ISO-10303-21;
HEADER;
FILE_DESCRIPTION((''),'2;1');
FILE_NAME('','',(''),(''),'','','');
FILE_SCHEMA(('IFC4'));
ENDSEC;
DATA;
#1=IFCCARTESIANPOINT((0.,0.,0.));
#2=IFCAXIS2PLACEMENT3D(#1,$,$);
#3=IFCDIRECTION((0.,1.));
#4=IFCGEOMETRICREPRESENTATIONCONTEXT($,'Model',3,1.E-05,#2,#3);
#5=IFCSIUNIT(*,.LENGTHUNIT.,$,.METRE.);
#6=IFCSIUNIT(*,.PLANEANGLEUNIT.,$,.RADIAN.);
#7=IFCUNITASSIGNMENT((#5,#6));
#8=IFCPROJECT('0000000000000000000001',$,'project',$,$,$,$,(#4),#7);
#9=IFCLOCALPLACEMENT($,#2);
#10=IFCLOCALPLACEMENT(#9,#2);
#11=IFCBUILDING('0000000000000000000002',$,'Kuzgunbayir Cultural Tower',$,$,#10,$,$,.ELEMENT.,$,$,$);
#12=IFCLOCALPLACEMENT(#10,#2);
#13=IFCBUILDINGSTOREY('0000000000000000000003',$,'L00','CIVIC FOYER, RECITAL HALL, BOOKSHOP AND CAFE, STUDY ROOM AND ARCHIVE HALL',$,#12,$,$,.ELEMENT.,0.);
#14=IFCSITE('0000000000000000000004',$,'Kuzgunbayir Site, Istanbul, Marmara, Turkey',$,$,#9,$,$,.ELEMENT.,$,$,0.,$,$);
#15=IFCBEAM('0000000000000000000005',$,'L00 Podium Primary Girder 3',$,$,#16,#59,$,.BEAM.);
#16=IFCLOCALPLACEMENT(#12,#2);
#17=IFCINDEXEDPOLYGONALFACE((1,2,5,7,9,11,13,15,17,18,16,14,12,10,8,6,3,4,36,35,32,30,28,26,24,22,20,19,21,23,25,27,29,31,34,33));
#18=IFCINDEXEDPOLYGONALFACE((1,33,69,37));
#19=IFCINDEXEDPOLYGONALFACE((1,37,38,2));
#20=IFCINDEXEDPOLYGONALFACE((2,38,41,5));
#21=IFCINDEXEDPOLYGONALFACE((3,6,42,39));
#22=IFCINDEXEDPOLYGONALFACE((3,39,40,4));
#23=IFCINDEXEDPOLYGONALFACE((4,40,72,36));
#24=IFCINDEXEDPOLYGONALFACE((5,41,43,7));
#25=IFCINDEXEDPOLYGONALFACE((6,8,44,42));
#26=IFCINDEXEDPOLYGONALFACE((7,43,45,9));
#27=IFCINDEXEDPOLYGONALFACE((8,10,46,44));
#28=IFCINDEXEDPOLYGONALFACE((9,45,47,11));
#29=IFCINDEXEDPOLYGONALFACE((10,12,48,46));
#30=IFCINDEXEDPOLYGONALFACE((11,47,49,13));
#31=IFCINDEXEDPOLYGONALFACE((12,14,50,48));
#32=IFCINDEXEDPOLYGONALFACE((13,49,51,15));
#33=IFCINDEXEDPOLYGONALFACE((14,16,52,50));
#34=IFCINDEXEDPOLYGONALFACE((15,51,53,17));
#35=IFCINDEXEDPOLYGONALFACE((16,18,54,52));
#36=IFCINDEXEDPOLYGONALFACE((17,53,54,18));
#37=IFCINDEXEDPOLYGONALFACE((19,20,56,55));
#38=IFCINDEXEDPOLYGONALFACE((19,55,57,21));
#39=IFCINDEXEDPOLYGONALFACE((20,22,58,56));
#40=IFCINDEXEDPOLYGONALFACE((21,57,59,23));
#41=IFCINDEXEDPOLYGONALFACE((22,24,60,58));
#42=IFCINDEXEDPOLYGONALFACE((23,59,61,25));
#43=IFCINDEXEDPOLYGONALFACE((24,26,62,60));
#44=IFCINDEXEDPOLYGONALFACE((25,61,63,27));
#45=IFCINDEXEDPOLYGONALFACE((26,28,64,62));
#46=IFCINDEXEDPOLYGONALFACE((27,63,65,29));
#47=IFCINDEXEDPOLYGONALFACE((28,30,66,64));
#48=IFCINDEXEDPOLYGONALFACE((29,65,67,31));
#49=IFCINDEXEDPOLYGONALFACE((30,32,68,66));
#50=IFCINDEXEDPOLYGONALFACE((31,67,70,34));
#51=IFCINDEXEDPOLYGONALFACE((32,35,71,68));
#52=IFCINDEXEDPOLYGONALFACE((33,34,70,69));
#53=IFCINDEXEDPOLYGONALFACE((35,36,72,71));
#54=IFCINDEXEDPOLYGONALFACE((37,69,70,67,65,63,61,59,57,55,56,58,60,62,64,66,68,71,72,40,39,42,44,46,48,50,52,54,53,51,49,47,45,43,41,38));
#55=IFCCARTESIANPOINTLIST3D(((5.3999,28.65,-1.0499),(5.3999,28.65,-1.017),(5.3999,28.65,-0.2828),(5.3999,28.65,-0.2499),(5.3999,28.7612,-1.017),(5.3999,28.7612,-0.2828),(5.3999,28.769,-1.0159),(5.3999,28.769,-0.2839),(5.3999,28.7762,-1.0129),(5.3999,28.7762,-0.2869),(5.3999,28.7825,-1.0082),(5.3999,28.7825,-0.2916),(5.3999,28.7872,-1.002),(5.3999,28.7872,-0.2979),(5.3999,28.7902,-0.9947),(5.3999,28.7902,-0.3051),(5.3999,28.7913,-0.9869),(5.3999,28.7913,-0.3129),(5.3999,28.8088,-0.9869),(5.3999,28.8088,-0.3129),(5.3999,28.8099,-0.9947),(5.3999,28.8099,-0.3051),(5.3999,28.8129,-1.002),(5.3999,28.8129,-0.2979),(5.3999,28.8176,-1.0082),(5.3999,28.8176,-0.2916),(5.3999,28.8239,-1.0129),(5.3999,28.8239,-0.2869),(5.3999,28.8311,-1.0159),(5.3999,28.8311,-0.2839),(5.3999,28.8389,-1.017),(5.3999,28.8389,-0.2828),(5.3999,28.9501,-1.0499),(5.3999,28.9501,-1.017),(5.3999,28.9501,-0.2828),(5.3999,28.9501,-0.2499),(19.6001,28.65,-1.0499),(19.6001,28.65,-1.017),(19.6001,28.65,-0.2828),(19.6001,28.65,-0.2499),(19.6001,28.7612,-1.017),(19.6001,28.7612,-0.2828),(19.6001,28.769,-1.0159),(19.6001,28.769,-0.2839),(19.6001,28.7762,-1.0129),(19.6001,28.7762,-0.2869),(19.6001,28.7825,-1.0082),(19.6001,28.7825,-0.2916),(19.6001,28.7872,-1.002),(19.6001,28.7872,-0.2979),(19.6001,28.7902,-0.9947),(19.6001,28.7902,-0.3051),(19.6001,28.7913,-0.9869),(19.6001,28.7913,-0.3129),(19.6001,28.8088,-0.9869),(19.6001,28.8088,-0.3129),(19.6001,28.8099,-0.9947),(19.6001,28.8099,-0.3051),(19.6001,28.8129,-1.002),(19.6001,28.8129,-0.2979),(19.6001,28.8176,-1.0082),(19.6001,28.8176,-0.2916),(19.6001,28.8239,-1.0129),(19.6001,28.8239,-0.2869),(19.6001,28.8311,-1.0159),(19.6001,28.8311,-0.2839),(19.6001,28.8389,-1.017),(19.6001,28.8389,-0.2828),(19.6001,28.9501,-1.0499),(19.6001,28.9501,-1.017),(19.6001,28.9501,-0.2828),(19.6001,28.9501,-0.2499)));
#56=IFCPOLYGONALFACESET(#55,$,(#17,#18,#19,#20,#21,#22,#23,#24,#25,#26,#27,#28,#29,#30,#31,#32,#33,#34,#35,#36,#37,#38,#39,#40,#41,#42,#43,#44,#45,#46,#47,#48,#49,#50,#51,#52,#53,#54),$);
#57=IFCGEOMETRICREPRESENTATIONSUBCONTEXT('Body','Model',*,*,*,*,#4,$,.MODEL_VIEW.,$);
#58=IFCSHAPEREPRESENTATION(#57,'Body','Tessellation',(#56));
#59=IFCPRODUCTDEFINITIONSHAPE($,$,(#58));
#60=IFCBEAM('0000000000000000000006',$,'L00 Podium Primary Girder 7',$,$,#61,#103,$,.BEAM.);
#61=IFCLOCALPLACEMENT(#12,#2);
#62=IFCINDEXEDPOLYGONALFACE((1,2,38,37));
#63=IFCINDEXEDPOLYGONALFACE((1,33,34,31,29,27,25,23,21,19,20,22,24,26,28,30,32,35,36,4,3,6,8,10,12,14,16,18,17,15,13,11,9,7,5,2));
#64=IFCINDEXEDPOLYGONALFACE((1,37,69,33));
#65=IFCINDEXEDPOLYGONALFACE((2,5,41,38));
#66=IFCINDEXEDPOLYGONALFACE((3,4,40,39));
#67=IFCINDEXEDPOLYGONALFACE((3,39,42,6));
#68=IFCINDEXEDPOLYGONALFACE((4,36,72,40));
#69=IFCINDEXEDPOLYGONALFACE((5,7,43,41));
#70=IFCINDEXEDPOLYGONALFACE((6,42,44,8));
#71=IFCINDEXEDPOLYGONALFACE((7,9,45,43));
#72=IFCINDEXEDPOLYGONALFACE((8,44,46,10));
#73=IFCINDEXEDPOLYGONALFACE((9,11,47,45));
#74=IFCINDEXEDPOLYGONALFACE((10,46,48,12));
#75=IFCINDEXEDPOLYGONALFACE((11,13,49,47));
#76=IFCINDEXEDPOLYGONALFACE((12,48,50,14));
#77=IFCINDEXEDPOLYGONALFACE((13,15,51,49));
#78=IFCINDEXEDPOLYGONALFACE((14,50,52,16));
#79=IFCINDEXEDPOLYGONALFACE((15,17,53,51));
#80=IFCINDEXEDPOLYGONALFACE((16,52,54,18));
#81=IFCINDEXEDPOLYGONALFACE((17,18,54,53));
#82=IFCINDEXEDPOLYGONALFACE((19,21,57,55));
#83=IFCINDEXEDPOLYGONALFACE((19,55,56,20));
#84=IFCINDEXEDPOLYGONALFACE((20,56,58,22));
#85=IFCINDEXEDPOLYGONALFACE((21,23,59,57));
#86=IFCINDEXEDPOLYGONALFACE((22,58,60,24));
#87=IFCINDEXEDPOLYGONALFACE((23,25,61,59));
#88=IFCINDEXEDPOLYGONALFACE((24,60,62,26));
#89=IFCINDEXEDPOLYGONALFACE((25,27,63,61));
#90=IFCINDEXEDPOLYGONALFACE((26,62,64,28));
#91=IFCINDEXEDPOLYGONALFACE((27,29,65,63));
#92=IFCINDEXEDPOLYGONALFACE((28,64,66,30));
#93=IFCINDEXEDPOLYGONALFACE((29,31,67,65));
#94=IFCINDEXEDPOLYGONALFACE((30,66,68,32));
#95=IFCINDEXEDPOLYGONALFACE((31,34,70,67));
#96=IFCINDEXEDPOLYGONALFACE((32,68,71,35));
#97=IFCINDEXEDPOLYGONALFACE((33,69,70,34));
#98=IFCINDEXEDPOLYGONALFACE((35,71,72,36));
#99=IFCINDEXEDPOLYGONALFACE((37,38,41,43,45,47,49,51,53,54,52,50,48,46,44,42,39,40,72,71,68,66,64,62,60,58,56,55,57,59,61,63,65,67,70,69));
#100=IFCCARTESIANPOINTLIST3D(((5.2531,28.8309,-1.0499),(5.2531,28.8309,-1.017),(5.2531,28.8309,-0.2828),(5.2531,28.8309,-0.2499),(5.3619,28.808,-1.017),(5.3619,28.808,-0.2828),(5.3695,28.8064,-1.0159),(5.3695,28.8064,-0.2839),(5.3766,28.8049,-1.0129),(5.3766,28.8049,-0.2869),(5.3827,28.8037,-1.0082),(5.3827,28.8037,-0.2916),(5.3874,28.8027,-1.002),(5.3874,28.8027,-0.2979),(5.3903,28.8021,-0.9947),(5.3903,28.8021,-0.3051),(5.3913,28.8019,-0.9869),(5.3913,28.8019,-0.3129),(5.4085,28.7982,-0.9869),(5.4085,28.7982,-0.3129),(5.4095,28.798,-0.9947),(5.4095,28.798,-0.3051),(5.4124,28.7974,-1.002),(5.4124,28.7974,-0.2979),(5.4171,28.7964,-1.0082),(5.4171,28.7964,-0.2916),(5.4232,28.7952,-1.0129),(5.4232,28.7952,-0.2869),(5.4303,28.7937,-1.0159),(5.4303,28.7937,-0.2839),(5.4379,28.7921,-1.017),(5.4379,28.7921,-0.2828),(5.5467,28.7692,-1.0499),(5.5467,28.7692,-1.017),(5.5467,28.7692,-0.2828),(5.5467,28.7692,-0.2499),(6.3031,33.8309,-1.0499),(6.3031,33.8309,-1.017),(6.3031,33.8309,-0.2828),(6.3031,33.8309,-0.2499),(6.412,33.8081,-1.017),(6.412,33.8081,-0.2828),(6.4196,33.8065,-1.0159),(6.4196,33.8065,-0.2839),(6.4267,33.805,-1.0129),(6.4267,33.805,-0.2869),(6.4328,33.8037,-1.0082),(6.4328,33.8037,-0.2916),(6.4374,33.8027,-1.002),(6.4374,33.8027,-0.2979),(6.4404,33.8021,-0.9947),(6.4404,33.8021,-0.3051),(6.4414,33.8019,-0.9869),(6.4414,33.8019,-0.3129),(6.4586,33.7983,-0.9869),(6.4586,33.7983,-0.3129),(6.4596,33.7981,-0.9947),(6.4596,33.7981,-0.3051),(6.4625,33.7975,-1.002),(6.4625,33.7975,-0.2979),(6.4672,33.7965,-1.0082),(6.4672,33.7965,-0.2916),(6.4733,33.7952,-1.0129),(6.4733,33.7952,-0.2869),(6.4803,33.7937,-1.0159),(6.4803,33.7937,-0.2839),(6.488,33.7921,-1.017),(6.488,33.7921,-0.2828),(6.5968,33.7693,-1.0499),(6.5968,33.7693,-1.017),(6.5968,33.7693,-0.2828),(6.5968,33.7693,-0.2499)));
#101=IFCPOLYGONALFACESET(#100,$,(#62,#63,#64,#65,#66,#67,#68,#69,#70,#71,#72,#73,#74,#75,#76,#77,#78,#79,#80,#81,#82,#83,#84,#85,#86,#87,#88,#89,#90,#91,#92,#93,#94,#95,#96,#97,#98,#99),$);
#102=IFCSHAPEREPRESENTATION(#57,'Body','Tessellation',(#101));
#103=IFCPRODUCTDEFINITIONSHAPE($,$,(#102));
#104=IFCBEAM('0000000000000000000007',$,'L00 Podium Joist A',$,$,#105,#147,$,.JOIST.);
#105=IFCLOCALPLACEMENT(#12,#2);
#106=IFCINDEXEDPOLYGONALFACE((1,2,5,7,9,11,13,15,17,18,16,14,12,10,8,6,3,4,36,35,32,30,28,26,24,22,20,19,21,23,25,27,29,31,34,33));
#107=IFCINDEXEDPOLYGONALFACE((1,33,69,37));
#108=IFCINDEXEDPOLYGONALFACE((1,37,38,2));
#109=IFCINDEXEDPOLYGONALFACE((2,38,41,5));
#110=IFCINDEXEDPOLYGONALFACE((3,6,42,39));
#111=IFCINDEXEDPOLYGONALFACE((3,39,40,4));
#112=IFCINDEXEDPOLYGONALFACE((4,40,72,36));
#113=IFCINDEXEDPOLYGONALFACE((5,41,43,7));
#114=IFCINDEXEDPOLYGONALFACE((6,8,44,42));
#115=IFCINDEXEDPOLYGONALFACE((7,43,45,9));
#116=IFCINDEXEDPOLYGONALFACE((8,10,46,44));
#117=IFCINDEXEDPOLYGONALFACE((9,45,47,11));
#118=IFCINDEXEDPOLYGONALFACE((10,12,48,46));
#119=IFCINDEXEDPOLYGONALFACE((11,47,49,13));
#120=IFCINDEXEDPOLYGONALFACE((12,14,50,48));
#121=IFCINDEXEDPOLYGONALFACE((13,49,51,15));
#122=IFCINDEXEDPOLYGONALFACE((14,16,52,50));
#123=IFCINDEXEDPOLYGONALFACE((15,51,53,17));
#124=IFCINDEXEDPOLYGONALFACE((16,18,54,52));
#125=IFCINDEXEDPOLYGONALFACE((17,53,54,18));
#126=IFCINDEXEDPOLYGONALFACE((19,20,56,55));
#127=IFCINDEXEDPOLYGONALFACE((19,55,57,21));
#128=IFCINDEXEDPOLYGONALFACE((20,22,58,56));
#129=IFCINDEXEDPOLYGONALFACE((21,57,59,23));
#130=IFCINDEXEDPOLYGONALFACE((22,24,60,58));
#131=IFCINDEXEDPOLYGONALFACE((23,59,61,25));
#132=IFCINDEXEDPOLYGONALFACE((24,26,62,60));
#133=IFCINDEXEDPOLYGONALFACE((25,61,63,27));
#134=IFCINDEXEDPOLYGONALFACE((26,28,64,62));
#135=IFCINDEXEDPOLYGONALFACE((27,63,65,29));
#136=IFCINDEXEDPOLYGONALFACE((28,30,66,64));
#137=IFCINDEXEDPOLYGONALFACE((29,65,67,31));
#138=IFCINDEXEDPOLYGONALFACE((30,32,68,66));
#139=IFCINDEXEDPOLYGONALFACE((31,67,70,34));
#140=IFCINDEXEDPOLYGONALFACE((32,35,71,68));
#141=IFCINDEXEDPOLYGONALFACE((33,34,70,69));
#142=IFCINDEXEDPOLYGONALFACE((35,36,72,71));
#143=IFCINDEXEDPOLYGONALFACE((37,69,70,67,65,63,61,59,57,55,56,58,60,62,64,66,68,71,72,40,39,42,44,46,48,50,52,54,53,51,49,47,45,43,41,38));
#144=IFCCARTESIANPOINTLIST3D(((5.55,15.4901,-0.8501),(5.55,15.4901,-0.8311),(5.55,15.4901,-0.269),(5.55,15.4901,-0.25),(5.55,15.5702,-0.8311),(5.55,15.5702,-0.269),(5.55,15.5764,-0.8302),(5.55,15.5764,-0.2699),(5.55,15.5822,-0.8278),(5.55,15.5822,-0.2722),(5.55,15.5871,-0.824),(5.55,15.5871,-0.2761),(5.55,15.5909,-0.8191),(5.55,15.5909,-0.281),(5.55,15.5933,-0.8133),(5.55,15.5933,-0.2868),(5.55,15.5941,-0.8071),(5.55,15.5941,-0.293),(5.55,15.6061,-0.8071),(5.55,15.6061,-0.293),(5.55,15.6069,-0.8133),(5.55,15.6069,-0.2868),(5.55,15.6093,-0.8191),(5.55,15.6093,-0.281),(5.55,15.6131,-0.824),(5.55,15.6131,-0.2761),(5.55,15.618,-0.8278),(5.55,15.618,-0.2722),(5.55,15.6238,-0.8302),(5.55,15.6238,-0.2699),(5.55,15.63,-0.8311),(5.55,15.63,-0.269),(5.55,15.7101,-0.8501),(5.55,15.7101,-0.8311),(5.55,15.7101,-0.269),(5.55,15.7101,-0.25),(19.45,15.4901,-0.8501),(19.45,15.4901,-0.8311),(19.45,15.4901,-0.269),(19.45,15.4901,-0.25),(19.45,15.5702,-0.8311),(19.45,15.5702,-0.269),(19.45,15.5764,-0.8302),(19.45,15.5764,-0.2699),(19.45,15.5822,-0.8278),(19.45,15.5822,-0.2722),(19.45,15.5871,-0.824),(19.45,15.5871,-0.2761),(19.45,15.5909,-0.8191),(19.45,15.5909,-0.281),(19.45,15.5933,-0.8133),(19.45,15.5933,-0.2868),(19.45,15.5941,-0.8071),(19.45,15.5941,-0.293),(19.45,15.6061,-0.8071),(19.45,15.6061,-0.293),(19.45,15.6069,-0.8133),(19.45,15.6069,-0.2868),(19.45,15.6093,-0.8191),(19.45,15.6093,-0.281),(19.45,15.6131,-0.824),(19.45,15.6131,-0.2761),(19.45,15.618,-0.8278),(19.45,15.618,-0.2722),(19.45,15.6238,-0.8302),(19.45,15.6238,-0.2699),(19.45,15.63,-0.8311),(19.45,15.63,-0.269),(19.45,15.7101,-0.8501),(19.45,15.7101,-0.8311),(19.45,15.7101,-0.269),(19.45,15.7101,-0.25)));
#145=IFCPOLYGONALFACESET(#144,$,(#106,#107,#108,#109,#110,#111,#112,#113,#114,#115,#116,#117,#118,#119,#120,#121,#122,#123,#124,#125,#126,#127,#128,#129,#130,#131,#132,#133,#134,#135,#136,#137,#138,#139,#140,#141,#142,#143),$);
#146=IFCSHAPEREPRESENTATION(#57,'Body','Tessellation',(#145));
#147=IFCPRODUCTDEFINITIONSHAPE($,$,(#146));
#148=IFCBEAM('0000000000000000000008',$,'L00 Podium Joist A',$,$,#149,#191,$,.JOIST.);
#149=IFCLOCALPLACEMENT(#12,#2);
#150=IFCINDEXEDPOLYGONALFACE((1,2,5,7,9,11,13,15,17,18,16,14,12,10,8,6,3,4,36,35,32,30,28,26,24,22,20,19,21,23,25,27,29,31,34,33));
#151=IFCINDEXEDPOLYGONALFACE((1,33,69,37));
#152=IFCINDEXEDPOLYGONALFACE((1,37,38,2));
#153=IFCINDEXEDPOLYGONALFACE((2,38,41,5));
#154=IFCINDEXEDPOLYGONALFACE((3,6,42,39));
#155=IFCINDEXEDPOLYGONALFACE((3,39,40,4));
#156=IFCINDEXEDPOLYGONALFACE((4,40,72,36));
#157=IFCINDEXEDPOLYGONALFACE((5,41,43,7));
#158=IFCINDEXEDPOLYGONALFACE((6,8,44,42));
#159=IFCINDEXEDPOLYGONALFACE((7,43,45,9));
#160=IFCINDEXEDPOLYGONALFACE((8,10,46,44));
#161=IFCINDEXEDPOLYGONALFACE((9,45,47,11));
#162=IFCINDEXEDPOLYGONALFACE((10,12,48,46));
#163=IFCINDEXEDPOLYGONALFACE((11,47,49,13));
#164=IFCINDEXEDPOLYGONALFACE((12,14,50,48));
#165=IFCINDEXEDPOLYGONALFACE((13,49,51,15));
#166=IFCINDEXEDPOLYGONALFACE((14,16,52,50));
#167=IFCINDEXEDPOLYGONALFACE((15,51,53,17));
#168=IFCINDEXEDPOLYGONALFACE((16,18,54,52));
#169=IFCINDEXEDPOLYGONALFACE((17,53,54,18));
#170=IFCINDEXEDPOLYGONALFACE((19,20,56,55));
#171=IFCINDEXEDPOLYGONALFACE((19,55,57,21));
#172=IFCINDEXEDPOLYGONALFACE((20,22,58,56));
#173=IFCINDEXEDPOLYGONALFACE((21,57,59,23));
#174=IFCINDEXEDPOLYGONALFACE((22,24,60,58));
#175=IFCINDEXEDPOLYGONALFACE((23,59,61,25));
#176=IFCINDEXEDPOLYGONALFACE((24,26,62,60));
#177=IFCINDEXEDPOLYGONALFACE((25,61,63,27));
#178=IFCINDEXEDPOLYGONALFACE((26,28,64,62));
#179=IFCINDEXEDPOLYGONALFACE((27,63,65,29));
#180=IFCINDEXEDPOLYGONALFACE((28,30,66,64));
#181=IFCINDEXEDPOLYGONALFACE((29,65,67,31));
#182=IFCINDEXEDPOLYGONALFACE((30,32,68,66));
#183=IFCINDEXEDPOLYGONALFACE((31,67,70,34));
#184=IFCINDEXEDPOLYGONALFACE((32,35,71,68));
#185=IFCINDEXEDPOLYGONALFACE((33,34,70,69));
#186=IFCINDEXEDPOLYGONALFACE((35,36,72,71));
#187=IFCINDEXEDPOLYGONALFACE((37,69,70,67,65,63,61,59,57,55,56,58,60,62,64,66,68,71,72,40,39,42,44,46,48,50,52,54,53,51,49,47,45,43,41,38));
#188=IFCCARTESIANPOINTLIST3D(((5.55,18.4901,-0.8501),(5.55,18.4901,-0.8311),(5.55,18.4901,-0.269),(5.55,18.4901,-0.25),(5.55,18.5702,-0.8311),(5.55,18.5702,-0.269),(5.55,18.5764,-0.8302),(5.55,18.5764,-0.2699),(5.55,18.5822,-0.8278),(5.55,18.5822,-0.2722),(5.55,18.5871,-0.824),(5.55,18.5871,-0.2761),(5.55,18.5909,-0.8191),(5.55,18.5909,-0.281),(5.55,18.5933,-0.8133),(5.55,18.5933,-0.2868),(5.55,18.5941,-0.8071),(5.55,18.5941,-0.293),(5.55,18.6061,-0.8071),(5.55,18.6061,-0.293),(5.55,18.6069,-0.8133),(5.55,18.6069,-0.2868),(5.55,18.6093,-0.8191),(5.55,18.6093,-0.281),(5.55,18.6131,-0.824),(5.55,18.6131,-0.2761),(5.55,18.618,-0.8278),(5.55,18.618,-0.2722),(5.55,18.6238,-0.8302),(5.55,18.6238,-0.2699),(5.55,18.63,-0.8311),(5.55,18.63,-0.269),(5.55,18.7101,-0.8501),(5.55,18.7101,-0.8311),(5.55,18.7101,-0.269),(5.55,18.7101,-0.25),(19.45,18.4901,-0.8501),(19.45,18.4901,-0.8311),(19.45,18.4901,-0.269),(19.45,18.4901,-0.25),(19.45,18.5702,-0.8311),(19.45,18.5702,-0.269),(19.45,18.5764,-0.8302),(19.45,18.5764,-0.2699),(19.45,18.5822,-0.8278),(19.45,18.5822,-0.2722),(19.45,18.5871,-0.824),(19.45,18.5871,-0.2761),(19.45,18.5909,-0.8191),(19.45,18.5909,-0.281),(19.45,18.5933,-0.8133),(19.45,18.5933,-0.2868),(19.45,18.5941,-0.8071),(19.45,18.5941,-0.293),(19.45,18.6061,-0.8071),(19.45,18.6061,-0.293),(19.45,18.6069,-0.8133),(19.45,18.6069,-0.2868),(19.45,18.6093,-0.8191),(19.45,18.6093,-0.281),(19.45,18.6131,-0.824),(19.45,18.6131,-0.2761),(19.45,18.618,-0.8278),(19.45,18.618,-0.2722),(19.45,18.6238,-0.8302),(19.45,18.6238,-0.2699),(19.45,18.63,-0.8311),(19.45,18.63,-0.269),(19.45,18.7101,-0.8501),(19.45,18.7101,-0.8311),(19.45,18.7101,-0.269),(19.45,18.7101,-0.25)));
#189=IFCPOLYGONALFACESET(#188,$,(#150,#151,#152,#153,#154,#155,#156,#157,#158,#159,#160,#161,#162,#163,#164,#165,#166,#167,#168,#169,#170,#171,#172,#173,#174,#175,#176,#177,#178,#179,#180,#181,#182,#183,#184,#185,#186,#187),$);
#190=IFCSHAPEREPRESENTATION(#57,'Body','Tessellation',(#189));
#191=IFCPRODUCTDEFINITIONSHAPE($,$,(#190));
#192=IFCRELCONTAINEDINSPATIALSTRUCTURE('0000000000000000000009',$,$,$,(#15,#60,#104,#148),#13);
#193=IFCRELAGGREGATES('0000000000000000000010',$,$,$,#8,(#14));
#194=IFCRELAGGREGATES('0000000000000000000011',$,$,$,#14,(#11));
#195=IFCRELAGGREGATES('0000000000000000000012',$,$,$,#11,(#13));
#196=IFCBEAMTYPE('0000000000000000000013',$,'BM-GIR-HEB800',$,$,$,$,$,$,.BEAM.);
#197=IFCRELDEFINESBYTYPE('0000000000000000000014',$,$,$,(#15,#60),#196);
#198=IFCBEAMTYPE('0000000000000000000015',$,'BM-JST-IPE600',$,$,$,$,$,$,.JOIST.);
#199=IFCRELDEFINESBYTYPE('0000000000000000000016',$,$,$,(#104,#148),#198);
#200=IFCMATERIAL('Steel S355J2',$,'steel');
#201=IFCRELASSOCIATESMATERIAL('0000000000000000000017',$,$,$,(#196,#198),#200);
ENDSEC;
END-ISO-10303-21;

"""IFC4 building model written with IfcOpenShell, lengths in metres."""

from ifc_helpers import new_model, si_unit, direction, frame, origin, origin_2d, place, context, subcontext, project, spatial, i_section, extrude, material, material_profile, profile_set, type_object, element, save


model = new_model("IFC4")

# Units and contexts
model_context = context("Model", 3, precision=1e-05, world=origin(), true_north=direction((0.0, 1.0)))
body_context = subcontext(model_context, "Body", "Model", "MODEL_VIEW")
ifc_project = project(units=[si_unit("LENGTHUNIT", "METRE"), si_unit("PLANEANGLEUNIT", "RADIAN")], contexts=[model_context])

# Site, building, storey
site_placement = place(None, origin())
site = spatial("IfcSite", under=ifc_project, at=site_placement, Name="Kuzgunbayir Site, Istanbul, Marmara, Turkey", CompositionType="ELEMENT", RefElevation=0.0)
building_placement = place(site_placement, origin())
building = spatial("IfcBuilding", under=site, at=building_placement, Name="Kuzgunbayir Cultural Tower", CompositionType="ELEMENT")
storey_placement = place(building_placement, origin())
storey = spatial("IfcBuildingStorey", under=building, at=storey_placement, Name="L00", Description="CIVIC FOYER, RECITAL HALL, BOOKSHOP AND CAFE, STUDY ROOM AND ARCHIVE HALL", CompositionType="ELEMENT", Elevation=0.0)

# Shared definitions
ifc_material_1 = material(Name="Steel S355J2", Category="steel")

# Beams
ifc_material_profile_1 = material_profile(ifc_material_1, i_section(OverallWidth=0.3, OverallDepth=0.8, WebThickness=0.0176, FlangeThickness=0.033, FilletRadius=0.03, at=origin_2d()), Name="HEB 800")
ifc_profile_set_1 = profile_set([ifc_material_profile_1], Name="Steel S355J2")
beam_type_1 = type_object("IfcBeamType", Name="BM-GIR-HEB800", PredefinedType="BEAM", material=ifc_profile_set_1)
beam_1_placement = place(storey_placement, frame((5.3999, 28.8, -0.6499), z_axis=(1.0, 0.0, 0.0), x_axis=(0.0, 1.0, 0.0)))
element("IfcBeam", 1, at=beam_1_placement, inside=storey, type_object=beam_type_1, Name="L00 Podium Primary Girder 3", PredefinedType="BEAM", context=body_context, shape_type="SweptSolid", body=[
    extrude(i_section(OverallWidth=0.3, OverallDepth=0.8, WebThickness=0.0176, FlangeThickness=0.033, FilletRadius=0.03, at=origin_2d()), origin(), (0.0, 0.0, 1.0), 14.2002),
])
beam_2_placement = place(storey_placement, frame((5.3999, 28.8, -0.6499), z_axis=(0.205526, 0.978652, 0.0), x_axis=(-0.978652, 0.205526, 0.0)))
element("IfcBeam", 2, at=beam_2_placement, inside=storey, type_object=beam_type_1, Name="L00 Podium Primary Girder 7", PredefinedType="BEAM", context=body_context, shape_type="SweptSolid", body=[
    extrude(i_section(OverallWidth=0.3, OverallDepth=0.8, WebThickness=0.0176, FlangeThickness=0.033, FilletRadius=0.03, at=origin_2d()), origin(), (0.0, 0.0, 1.0), 5.1091),
])
ifc_material_profile_2 = material_profile(ifc_material_1, i_section(OverallWidth=0.22, OverallDepth=0.6001, WebThickness=0.012, FlangeThickness=0.019, FilletRadius=0.0239, at=origin_2d()), Name="IPE 600")
ifc_profile_set_2 = profile_set([ifc_material_profile_2], Name="Steel S355J2")
beam_type_2 = type_object("IfcBeamType", Name="BM-JST-IPE600", PredefinedType="JOIST", material=ifc_profile_set_2)
for number, where, z_axis, x_axis, name in (
    (3, (5.55, 15.6001, -0.55), (1.0, 0.0, 0.0), (0.0, 1.0, 0.0), "L00 Podium Joist A"),
    (4, (5.55, 18.6001, -0.55), (1.0, 0.0, 0.0), (0.0, 1.0, 0.0), "L00 Podium Joist A"),
):
    element("IfcBeam", number, at=place(storey_placement, frame(where, z_axis=z_axis, x_axis=x_axis)), inside=storey, type_object=beam_type_2, Name=name, PredefinedType="JOIST", context=body_context, shape_type="SweptSolid", body=[
        extrude(i_section(OverallWidth=0.22, OverallDepth=0.6001, WebThickness=0.012, FlangeThickness=0.019, FilletRadius=0.0239, at=origin_2d()), origin(), (0.0, 0.0, 1.0), 13.8999),
    ])

save(model, "model.ifc")
